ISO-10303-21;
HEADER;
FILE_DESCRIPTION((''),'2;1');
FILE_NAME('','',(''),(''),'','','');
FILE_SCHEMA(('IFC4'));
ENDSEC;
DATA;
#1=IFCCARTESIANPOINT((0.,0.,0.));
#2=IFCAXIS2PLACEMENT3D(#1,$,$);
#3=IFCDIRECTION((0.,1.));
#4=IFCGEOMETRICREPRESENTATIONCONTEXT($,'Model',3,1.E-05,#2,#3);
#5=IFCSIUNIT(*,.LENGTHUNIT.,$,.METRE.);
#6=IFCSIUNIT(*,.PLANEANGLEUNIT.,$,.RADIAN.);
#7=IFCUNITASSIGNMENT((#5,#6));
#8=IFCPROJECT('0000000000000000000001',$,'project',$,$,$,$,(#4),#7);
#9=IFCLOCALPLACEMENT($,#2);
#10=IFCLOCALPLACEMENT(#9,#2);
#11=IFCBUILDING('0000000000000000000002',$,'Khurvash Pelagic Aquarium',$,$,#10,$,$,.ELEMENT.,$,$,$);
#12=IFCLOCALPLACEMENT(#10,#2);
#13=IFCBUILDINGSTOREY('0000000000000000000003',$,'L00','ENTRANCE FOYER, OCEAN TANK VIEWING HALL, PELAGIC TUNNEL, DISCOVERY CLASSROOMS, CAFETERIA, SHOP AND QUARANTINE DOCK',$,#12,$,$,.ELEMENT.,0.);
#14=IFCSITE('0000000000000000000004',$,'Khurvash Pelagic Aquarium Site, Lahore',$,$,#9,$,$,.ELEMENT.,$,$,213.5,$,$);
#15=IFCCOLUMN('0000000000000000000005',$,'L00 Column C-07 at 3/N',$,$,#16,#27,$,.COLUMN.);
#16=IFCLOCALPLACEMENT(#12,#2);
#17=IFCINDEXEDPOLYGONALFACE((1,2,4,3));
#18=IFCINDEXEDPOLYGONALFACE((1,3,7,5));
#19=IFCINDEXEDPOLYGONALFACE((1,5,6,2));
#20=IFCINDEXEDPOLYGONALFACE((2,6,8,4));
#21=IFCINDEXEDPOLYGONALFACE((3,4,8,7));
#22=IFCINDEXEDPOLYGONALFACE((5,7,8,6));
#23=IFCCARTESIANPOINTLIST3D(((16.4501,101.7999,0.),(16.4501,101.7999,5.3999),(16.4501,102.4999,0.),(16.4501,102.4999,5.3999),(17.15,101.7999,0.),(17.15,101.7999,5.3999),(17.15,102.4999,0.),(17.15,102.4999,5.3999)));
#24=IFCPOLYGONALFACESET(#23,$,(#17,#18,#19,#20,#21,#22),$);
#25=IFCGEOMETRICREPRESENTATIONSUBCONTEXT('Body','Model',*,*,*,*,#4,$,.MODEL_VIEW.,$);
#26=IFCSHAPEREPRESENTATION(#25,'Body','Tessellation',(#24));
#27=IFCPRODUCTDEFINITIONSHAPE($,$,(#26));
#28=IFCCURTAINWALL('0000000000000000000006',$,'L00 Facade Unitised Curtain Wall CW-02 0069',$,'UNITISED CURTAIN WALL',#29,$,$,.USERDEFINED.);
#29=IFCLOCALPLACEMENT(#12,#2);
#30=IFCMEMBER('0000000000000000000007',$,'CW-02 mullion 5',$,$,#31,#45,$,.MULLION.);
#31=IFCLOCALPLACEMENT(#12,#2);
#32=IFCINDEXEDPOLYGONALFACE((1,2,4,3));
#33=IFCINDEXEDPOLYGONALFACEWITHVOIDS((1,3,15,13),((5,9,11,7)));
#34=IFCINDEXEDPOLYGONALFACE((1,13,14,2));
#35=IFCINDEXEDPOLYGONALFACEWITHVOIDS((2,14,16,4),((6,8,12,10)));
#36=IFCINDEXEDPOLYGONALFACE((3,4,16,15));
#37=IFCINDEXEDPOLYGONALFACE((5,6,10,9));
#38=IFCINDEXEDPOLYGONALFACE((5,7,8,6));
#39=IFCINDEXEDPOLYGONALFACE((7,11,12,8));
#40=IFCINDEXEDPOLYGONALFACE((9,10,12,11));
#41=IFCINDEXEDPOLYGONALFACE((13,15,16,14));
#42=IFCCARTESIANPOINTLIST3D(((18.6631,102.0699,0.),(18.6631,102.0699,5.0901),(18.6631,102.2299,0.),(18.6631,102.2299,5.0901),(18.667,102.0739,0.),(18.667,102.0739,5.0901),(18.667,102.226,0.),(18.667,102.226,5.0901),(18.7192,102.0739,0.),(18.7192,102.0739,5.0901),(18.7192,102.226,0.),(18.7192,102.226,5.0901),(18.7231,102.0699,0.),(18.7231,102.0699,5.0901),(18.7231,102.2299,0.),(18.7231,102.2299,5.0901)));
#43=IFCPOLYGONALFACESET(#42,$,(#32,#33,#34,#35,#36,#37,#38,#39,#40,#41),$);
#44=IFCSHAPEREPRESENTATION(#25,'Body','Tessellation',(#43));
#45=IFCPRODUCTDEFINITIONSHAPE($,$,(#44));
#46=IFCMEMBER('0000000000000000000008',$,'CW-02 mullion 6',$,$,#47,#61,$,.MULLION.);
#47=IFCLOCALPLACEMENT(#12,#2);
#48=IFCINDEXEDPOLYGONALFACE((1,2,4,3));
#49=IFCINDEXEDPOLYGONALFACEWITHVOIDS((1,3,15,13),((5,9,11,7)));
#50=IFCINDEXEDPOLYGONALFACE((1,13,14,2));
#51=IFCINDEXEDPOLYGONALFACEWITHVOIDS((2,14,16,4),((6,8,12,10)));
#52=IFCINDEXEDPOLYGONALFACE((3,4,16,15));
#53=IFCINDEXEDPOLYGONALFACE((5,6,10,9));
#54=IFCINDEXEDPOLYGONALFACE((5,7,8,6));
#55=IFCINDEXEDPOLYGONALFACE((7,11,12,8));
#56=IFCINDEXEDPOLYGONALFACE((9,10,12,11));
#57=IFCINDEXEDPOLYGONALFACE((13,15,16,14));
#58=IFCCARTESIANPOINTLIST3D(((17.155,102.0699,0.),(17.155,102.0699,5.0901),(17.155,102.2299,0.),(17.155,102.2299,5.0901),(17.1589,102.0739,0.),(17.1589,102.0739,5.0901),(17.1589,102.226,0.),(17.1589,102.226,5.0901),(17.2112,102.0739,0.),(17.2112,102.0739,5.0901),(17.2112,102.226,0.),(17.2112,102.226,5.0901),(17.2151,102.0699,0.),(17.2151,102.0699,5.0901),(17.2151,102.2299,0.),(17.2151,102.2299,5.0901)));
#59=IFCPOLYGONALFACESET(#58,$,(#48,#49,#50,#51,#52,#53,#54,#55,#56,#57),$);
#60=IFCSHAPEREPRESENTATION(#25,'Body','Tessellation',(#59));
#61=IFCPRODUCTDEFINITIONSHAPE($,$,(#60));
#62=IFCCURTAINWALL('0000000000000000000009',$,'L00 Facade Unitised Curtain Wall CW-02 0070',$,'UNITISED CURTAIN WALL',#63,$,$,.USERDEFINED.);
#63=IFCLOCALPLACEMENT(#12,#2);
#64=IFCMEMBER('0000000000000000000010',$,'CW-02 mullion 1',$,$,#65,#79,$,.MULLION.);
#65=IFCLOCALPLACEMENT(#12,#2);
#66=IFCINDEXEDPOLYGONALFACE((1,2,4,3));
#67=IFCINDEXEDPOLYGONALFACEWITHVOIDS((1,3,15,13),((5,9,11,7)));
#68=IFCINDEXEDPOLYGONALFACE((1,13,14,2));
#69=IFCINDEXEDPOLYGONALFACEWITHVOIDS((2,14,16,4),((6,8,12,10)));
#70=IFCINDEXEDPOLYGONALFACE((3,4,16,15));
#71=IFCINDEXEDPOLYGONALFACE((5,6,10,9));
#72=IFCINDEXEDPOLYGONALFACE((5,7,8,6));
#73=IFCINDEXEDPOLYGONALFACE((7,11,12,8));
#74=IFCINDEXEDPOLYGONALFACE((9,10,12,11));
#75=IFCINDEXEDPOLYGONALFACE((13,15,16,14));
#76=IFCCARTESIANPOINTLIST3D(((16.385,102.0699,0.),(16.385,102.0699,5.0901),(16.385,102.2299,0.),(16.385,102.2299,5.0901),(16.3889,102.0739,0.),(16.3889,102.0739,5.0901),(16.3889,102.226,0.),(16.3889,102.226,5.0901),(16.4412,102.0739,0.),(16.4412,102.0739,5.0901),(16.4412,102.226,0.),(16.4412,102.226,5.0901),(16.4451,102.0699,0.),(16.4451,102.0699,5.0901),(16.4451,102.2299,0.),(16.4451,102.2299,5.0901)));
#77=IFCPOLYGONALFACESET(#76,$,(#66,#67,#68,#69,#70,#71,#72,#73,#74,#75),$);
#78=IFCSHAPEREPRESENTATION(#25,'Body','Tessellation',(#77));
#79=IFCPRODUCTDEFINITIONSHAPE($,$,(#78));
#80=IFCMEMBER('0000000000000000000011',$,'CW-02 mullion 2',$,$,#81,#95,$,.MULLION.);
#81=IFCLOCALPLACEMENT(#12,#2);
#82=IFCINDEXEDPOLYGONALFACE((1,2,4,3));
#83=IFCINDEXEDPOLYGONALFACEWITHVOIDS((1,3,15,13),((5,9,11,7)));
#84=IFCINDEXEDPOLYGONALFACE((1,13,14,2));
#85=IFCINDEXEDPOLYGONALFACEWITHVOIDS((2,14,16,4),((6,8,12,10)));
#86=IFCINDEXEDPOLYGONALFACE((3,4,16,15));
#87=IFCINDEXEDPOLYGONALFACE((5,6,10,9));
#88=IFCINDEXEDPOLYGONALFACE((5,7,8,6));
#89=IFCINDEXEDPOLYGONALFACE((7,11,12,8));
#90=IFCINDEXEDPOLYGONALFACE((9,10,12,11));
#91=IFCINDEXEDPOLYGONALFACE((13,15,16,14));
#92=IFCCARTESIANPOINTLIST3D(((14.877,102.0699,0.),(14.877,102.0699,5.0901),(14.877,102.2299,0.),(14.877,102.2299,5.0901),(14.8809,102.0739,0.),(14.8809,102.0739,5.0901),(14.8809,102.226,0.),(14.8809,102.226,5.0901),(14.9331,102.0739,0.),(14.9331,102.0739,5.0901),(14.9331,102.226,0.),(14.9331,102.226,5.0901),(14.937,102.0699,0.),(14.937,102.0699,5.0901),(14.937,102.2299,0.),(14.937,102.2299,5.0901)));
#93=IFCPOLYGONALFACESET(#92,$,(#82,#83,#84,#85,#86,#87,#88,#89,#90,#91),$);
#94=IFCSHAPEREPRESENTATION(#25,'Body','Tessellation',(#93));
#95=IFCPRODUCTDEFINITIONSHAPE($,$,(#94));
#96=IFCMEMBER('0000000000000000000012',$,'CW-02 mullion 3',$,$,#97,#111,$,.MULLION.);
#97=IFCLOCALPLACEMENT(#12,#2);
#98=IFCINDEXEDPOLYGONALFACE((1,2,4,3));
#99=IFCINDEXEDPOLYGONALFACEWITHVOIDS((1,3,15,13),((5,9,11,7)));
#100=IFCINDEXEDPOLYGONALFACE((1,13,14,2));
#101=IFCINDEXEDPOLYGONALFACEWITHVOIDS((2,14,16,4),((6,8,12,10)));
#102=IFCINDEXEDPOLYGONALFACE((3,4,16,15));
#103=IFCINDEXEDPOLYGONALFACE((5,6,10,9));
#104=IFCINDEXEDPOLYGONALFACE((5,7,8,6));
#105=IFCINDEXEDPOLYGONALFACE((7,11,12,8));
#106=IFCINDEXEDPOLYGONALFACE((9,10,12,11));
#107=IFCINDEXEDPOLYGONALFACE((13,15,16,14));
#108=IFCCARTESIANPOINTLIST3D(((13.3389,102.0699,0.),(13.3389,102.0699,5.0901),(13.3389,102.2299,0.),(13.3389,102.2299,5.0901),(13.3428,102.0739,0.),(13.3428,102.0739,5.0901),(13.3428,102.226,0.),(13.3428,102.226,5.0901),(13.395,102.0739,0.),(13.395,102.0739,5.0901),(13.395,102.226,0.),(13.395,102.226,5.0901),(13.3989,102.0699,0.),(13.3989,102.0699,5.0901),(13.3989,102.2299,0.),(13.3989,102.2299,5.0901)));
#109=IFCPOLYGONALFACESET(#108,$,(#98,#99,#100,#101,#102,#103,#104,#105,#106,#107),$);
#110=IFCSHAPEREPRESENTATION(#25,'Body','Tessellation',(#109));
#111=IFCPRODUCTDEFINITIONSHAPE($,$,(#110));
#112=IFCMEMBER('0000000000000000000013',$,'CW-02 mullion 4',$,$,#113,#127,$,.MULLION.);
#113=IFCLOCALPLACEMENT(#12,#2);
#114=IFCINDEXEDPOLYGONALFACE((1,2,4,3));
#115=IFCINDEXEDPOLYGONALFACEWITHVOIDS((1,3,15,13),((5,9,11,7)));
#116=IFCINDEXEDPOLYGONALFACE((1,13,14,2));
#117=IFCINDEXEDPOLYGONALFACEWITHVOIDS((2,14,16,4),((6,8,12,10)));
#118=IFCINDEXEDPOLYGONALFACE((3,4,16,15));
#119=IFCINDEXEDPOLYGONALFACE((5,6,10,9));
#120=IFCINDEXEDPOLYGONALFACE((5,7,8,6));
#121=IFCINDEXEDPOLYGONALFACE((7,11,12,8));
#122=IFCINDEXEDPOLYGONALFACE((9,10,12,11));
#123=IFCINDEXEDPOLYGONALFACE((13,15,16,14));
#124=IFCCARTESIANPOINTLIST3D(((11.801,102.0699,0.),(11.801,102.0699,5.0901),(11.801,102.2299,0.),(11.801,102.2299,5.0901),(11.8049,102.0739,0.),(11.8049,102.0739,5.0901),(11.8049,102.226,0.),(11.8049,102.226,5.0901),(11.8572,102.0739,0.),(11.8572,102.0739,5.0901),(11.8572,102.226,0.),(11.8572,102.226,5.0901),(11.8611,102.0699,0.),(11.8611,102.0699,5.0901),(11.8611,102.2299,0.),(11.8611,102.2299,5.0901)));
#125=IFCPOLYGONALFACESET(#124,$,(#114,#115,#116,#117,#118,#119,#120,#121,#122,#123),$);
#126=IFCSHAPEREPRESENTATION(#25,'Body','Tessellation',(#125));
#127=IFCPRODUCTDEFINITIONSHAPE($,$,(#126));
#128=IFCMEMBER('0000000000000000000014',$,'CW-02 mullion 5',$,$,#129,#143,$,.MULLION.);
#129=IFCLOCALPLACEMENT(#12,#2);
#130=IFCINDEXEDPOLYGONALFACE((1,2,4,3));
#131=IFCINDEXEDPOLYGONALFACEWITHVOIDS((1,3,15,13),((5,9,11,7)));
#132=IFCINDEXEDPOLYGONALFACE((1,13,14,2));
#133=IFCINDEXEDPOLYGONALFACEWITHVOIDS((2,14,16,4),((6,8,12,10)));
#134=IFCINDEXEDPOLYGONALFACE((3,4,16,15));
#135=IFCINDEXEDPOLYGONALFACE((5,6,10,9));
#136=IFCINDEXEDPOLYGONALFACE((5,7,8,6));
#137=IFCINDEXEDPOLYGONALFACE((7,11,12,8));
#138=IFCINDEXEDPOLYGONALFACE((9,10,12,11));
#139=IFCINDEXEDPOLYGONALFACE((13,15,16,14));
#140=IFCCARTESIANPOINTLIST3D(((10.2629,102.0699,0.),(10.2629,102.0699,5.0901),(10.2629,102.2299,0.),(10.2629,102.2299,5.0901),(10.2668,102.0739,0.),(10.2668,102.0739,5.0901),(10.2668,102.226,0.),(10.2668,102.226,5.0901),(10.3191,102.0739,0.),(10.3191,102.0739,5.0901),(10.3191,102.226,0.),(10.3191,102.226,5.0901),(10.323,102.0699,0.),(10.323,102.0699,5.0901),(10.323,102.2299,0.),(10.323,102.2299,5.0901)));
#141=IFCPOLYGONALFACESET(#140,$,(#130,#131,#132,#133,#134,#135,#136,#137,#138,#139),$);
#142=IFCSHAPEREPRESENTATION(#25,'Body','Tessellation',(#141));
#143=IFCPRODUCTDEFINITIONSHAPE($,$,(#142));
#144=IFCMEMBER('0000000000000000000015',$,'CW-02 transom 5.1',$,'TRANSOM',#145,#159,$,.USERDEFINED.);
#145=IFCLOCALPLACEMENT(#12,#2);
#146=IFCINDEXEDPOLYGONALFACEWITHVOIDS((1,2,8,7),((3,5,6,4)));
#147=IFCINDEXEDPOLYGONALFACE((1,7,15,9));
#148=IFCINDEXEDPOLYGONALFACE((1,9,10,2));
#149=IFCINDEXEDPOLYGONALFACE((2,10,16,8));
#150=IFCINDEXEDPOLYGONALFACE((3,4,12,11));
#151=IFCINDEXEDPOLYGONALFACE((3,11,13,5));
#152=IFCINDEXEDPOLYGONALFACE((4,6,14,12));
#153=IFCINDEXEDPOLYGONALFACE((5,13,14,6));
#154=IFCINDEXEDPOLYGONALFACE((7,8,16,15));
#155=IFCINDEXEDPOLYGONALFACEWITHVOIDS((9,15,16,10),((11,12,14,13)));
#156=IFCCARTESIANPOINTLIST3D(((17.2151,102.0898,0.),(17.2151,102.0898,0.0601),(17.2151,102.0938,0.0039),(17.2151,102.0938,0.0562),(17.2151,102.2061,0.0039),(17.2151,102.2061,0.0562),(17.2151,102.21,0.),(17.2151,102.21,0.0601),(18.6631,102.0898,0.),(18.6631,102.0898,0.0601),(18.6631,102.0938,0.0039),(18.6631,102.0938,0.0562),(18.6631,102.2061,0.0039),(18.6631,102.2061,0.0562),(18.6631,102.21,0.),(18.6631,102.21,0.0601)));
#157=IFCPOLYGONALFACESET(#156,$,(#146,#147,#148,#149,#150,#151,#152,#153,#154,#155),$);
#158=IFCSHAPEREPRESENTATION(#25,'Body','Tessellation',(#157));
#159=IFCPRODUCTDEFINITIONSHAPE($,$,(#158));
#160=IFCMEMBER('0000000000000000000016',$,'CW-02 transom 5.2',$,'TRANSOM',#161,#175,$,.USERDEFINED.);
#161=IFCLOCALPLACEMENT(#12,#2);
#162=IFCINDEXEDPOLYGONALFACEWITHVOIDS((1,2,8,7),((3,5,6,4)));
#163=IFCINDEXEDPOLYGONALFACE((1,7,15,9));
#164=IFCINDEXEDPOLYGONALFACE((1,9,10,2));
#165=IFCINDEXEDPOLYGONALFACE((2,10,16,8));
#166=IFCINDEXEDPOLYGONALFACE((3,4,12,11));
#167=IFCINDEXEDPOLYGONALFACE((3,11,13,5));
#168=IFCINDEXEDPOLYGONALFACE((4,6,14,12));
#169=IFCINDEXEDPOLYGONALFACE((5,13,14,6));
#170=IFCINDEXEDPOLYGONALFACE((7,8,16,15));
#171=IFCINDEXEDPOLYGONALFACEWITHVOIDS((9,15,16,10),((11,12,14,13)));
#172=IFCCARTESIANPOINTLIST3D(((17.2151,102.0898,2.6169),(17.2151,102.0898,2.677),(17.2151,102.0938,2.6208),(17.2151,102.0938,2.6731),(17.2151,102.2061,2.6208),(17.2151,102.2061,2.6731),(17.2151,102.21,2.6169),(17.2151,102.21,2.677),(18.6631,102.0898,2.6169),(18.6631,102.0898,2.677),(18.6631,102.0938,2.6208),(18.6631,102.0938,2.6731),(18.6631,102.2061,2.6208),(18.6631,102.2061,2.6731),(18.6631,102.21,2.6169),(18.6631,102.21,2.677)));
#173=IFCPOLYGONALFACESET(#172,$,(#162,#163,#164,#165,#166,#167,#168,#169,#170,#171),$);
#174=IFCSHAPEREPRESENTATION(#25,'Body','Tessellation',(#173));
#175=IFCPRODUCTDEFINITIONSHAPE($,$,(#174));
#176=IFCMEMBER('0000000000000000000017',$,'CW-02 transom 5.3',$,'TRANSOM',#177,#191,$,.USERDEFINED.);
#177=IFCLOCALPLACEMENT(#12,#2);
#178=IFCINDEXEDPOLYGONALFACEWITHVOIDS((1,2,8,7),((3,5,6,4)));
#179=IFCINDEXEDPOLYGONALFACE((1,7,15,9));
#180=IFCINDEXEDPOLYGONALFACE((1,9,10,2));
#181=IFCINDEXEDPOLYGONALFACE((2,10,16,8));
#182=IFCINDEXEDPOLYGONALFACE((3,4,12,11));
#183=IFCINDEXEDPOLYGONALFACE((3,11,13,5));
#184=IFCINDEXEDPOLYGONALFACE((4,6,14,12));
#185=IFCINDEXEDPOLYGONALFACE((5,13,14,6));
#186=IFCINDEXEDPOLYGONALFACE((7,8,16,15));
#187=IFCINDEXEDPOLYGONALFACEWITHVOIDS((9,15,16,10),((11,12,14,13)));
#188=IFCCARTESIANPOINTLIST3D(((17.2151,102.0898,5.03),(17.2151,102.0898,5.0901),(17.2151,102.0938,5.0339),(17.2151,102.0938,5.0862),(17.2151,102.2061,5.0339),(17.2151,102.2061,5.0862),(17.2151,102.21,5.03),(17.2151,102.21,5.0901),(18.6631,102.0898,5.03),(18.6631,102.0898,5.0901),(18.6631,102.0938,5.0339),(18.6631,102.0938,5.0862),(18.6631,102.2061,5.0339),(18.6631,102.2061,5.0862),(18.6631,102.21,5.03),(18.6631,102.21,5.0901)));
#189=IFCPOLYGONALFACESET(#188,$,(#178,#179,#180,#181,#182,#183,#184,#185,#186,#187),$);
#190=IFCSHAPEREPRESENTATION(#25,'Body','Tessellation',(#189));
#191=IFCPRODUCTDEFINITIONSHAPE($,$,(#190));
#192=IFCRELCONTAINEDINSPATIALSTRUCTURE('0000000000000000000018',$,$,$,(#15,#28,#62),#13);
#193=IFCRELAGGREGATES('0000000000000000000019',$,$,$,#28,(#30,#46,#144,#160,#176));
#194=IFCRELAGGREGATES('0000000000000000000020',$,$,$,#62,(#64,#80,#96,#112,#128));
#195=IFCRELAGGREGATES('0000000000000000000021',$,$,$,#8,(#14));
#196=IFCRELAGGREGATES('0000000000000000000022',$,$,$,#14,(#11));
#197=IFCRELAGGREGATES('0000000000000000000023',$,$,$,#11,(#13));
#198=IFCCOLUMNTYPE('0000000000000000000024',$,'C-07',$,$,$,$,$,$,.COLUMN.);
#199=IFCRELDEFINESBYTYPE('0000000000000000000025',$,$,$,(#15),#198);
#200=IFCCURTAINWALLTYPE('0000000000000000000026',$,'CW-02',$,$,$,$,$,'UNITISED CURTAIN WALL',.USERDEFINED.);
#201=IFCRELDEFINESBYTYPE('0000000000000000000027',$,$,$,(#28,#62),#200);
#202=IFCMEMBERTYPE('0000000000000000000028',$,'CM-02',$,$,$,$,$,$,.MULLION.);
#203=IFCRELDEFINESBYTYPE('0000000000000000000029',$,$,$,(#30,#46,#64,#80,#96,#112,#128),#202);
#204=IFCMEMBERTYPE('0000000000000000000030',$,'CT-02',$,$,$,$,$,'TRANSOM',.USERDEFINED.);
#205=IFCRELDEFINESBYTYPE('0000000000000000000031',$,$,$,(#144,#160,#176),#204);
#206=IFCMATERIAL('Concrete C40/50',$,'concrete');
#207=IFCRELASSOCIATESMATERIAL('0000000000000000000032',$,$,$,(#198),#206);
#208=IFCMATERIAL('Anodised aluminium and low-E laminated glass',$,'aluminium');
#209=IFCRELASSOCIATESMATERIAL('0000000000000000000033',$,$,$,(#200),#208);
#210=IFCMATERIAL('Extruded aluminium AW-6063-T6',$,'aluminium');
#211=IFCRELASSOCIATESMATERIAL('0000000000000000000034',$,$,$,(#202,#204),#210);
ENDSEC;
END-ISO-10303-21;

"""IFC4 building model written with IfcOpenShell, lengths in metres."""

from ifc_helpers import new_model, si_unit, direction, frame, origin, origin_2d, place, context, subcontext, project, spatial, rectangle, hollow_rectangle, extrude, material, material_profile, profile_set, type_object, element, aggregate, save


model = new_model("IFC4")

# Units and contexts
model_context = context("Model", 3, precision=1e-05, world=origin(), true_north=direction((0.0, 1.0)))
body_context = subcontext(model_context, "Body", "Model", "MODEL_VIEW")
ifc_project = project(units=[si_unit("LENGTHUNIT", "METRE"), si_unit("PLANEANGLEUNIT", "RADIAN")], contexts=[model_context])

# Site, building, storey
site_placement = place(None, origin())
site = spatial("IfcSite", under=ifc_project, at=site_placement, Name="Khurvash Pelagic Aquarium Site, Lahore", CompositionType="ELEMENT", RefElevation=213.5)
building_placement = place(site_placement, origin())
building = spatial("IfcBuilding", under=site, at=building_placement, Name="Khurvash Pelagic Aquarium", CompositionType="ELEMENT")
storey_placement = place(building_placement, origin())
storey = spatial("IfcBuildingStorey", under=building, at=storey_placement, Name="L00", Description="ENTRANCE FOYER, OCEAN TANK VIEWING HALL, PELAGIC TUNNEL, DISCOVERY CLASSROOMS, CAFETERIA, SHOP AND QUARANTINE DOCK", CompositionType="ELEMENT", Elevation=0.0)

# Column
ifc_material_1 = material(Name="Concrete C40/50", Category="concrete")
ifc_material_profile_1 = material_profile(ifc_material_1, rectangle(XDim=0.7, YDim=0.7, at=origin_2d()), Name="RC700X700")
ifc_profile_set_1 = profile_set([ifc_material_profile_1], Name="Concrete C40/50")
column_type = type_object("IfcColumnType", Name="C-07", PredefinedType="COLUMN", material=ifc_profile_set_1)
column_placement = place(storey_placement, frame((16.8, 102.1499, 0.0), z_axis=(0.0, 0.0, 1.0), x_axis=(1.0, 0.0, 0.0)))
element("IfcColumn", 1, at=column_placement, inside=storey, type_object=column_type, Name="L00 Column C-07 at 3/N", PredefinedType="COLUMN", context=body_context, shape_type="SweptSolid", body=[
    extrude(rectangle(XDim=0.7, YDim=0.7, at=origin_2d()), origin(), (0.0, 0.0, 1.0), 5.3999),
])

# Curtain walls, members
ifc_material_2 = material(Name="Anodised aluminium and low-E laminated glass", Category="aluminium")
curtain_wall_type = type_object("IfcCurtainWallType", Name="CW-02", ElementType="UNITISED CURTAIN WALL", PredefinedType="USERDEFINED", material=ifc_material_2)
curtain_wall_1_placement = place(storey_placement, origin())
curtain_wall_1 = element("IfcCurtainWall", 2, at=curtain_wall_1_placement, inside=storey, type_object=curtain_wall_type, Name="L00 Facade Unitised Curtain Wall CW-02 0069", ObjectType="UNITISED CURTAIN WALL", PredefinedType="USERDEFINED")
ifc_material_3 = material(Name="Extruded aluminium AW-6063-T6", Category="aluminium")
ifc_material_profile_2 = material_profile(ifc_material_3, hollow_rectangle(XDim=0.0601, YDim=0.1599, WallThickness=0.0039, at=origin_2d()), Name="CWM60X160X4")
ifc_profile_set_2 = profile_set([ifc_material_profile_2], Name="Extruded aluminium AW-6063-T6")
member_type_1 = type_object("IfcMemberType", Name="CM-02", PredefinedType="MULLION", material=ifc_profile_set_2)
member_1_placement = place(storey_placement, frame((18.6931, 102.1499, 0.0), z_axis=(0.0, 0.0, 1.0), x_axis=(-1.0, 0.0, 0.0)))
member_1 = element("IfcMember", 3, at=member_1_placement, type_object=member_type_1, Name="CW-02 mullion 5", PredefinedType="MULLION", context=body_context, shape_type="SweptSolid", body=[
    extrude(hollow_rectangle(XDim=0.0601, YDim=0.1599, WallThickness=0.0039, at=origin_2d()), origin(), (0.0, 0.0, 1.0), 5.0901),
])
member_2_placement = place(storey_placement, frame((17.1851, 102.1499, 0.0), z_axis=(0.0, 0.0, 1.0), x_axis=(-1.0, 0.0, 0.0)))
member_2 = element("IfcMember", 4, at=member_2_placement, type_object=member_type_1, Name="CW-02 mullion 6", PredefinedType="MULLION", context=body_context, shape_type="SweptSolid", body=[
    extrude(hollow_rectangle(XDim=0.0601, YDim=0.1599, WallThickness=0.0039, at=origin_2d()), origin(), (0.0, 0.0, 1.0), 5.0901),
])
curtain_wall_2_placement = place(storey_placement, origin())
curtain_wall_2 = element("IfcCurtainWall", 5, at=curtain_wall_2_placement, inside=storey, type_object=curtain_wall_type, Name="L00 Facade Unitised Curtain Wall CW-02 0070", ObjectType="UNITISED CURTAIN WALL", PredefinedType="USERDEFINED")
member_3_placement = place(storey_placement, frame((16.415, 102.1499, 0.0), z_axis=(0.0, 0.0, 1.0), x_axis=(-1.0, 0.0, 0.0)))
member_3 = element("IfcMember", 6, at=member_3_placement, type_object=member_type_1, Name="CW-02 mullion 1", PredefinedType="MULLION", context=body_context, shape_type="SweptSolid", body=[
    extrude(hollow_rectangle(XDim=0.0601, YDim=0.1599, WallThickness=0.0039, at=origin_2d()), origin(), (0.0, 0.0, 1.0), 5.0901),
])
member_4_placement = place(storey_placement, frame((14.907, 102.1499, 0.0), z_axis=(0.0, 0.0, 1.0), x_axis=(-1.0, 0.0, 0.0)))
member_4 = element("IfcMember", 7, at=member_4_placement, type_object=member_type_1, Name="CW-02 mullion 2", PredefinedType="MULLION", context=body_context, shape_type="SweptSolid", body=[
    extrude(hollow_rectangle(XDim=0.0601, YDim=0.1599, WallThickness=0.0039, at=origin_2d()), origin(), (0.0, 0.0, 1.0), 5.0901),
])
member_5_placement = place(storey_placement, frame((13.3689, 102.1499, 0.0), z_axis=(0.0, 0.0, 1.0), x_axis=(-1.0, 0.0, 0.0)))
member_5 = element("IfcMember", 8, at=member_5_placement, type_object=member_type_1, Name="CW-02 mullion 3", PredefinedType="MULLION", context=body_context, shape_type="SweptSolid", body=[
    extrude(hollow_rectangle(XDim=0.0601, YDim=0.1599, WallThickness=0.0039, at=origin_2d()), origin(), (0.0, 0.0, 1.0), 5.0901),
])
member_6_placement = place(storey_placement, frame((11.8311, 102.1499, 0.0), z_axis=(0.0, 0.0, 1.0), x_axis=(-1.0, 0.0, 0.0)))
member_6 = element("IfcMember", 9, at=member_6_placement, type_object=member_type_1, Name="CW-02 mullion 4", PredefinedType="MULLION", context=body_context, shape_type="SweptSolid", body=[
    extrude(hollow_rectangle(XDim=0.0601, YDim=0.1599, WallThickness=0.0039, at=origin_2d()), origin(), (0.0, 0.0, 1.0), 5.0901),
])
member_7_placement = place(storey_placement, frame((10.293, 102.1499, 0.0), z_axis=(0.0, 0.0, 1.0), x_axis=(-1.0, 0.0, 0.0)))
member_7 = element("IfcMember", 10, at=member_7_placement, type_object=member_type_1, Name="CW-02 mullion 5", PredefinedType="MULLION", context=body_context, shape_type="SweptSolid", body=[
    extrude(hollow_rectangle(XDim=0.0601, YDim=0.1599, WallThickness=0.0039, at=origin_2d()), origin(), (0.0, 0.0, 1.0), 5.0901),
])

# Members
ifc_material_profile_3 = material_profile(ifc_material_3, hollow_rectangle(XDim=0.1201, YDim=0.0601, WallThickness=0.0039, at=origin_2d()), Name="CWT120X60X4")
ifc_profile_set_3 = profile_set([ifc_material_profile_3], Name="Extruded aluminium AW-6063-T6")
member_type_2 = type_object("IfcMemberType", Name="CT-02", ElementType="TRANSOM", PredefinedType="USERDEFINED", material=ifc_profile_set_3)
member_8_placement = place(storey_placement, frame((18.6631, 102.1499, 0.03), z_axis=(-1.0, 0.0, 0.0), x_axis=(0.0, -1.0, 0.0)))
member_8 = element("IfcMember", 11, at=member_8_placement, type_object=member_type_2, Name="CW-02 transom 5.1", ObjectType="TRANSOM", PredefinedType="USERDEFINED", context=body_context, shape_type="SweptSolid", body=[
    extrude(hollow_rectangle(XDim=0.1201, YDim=0.0601, WallThickness=0.0039, at=origin_2d()), origin(), (0.0, 0.0, 1.0), 1.448),
])
member_9_placement = place(storey_placement, frame((18.6631, 102.1499, 2.647), z_axis=(-1.0, 0.0, 0.0), x_axis=(0.0, -1.0, 0.0)))
member_9 = element("IfcMember", 12, at=member_9_placement, type_object=member_type_2, Name="CW-02 transom 5.2", ObjectType="TRANSOM", PredefinedType="USERDEFINED", context=body_context, shape_type="SweptSolid", body=[
    extrude(hollow_rectangle(XDim=0.1201, YDim=0.0601, WallThickness=0.0039, at=origin_2d()), origin(), (0.0, 0.0, 1.0), 1.448),
])
member_10_placement = place(storey_placement, frame((18.6631, 102.1499, 5.0601), z_axis=(-1.0, 0.0, 0.0), x_axis=(0.0, -1.0, 0.0)))
member_10 = element("IfcMember", 13, at=member_10_placement, type_object=member_type_2, Name="CW-02 transom 5.3", ObjectType="TRANSOM", PredefinedType="USERDEFINED", context=body_context, shape_type="SweptSolid", body=[
    extrude(hollow_rectangle(XDim=0.1201, YDim=0.0601, WallThickness=0.0039, at=origin_2d()), origin(), (0.0, 0.0, 1.0), 1.448),
])

aggregate(curtain_wall_1, [member_1, member_2, member_8, member_9, member_10])
aggregate(curtain_wall_2, [member_3, member_4, member_5, member_6, member_7])

save(model, "model.ifc")
